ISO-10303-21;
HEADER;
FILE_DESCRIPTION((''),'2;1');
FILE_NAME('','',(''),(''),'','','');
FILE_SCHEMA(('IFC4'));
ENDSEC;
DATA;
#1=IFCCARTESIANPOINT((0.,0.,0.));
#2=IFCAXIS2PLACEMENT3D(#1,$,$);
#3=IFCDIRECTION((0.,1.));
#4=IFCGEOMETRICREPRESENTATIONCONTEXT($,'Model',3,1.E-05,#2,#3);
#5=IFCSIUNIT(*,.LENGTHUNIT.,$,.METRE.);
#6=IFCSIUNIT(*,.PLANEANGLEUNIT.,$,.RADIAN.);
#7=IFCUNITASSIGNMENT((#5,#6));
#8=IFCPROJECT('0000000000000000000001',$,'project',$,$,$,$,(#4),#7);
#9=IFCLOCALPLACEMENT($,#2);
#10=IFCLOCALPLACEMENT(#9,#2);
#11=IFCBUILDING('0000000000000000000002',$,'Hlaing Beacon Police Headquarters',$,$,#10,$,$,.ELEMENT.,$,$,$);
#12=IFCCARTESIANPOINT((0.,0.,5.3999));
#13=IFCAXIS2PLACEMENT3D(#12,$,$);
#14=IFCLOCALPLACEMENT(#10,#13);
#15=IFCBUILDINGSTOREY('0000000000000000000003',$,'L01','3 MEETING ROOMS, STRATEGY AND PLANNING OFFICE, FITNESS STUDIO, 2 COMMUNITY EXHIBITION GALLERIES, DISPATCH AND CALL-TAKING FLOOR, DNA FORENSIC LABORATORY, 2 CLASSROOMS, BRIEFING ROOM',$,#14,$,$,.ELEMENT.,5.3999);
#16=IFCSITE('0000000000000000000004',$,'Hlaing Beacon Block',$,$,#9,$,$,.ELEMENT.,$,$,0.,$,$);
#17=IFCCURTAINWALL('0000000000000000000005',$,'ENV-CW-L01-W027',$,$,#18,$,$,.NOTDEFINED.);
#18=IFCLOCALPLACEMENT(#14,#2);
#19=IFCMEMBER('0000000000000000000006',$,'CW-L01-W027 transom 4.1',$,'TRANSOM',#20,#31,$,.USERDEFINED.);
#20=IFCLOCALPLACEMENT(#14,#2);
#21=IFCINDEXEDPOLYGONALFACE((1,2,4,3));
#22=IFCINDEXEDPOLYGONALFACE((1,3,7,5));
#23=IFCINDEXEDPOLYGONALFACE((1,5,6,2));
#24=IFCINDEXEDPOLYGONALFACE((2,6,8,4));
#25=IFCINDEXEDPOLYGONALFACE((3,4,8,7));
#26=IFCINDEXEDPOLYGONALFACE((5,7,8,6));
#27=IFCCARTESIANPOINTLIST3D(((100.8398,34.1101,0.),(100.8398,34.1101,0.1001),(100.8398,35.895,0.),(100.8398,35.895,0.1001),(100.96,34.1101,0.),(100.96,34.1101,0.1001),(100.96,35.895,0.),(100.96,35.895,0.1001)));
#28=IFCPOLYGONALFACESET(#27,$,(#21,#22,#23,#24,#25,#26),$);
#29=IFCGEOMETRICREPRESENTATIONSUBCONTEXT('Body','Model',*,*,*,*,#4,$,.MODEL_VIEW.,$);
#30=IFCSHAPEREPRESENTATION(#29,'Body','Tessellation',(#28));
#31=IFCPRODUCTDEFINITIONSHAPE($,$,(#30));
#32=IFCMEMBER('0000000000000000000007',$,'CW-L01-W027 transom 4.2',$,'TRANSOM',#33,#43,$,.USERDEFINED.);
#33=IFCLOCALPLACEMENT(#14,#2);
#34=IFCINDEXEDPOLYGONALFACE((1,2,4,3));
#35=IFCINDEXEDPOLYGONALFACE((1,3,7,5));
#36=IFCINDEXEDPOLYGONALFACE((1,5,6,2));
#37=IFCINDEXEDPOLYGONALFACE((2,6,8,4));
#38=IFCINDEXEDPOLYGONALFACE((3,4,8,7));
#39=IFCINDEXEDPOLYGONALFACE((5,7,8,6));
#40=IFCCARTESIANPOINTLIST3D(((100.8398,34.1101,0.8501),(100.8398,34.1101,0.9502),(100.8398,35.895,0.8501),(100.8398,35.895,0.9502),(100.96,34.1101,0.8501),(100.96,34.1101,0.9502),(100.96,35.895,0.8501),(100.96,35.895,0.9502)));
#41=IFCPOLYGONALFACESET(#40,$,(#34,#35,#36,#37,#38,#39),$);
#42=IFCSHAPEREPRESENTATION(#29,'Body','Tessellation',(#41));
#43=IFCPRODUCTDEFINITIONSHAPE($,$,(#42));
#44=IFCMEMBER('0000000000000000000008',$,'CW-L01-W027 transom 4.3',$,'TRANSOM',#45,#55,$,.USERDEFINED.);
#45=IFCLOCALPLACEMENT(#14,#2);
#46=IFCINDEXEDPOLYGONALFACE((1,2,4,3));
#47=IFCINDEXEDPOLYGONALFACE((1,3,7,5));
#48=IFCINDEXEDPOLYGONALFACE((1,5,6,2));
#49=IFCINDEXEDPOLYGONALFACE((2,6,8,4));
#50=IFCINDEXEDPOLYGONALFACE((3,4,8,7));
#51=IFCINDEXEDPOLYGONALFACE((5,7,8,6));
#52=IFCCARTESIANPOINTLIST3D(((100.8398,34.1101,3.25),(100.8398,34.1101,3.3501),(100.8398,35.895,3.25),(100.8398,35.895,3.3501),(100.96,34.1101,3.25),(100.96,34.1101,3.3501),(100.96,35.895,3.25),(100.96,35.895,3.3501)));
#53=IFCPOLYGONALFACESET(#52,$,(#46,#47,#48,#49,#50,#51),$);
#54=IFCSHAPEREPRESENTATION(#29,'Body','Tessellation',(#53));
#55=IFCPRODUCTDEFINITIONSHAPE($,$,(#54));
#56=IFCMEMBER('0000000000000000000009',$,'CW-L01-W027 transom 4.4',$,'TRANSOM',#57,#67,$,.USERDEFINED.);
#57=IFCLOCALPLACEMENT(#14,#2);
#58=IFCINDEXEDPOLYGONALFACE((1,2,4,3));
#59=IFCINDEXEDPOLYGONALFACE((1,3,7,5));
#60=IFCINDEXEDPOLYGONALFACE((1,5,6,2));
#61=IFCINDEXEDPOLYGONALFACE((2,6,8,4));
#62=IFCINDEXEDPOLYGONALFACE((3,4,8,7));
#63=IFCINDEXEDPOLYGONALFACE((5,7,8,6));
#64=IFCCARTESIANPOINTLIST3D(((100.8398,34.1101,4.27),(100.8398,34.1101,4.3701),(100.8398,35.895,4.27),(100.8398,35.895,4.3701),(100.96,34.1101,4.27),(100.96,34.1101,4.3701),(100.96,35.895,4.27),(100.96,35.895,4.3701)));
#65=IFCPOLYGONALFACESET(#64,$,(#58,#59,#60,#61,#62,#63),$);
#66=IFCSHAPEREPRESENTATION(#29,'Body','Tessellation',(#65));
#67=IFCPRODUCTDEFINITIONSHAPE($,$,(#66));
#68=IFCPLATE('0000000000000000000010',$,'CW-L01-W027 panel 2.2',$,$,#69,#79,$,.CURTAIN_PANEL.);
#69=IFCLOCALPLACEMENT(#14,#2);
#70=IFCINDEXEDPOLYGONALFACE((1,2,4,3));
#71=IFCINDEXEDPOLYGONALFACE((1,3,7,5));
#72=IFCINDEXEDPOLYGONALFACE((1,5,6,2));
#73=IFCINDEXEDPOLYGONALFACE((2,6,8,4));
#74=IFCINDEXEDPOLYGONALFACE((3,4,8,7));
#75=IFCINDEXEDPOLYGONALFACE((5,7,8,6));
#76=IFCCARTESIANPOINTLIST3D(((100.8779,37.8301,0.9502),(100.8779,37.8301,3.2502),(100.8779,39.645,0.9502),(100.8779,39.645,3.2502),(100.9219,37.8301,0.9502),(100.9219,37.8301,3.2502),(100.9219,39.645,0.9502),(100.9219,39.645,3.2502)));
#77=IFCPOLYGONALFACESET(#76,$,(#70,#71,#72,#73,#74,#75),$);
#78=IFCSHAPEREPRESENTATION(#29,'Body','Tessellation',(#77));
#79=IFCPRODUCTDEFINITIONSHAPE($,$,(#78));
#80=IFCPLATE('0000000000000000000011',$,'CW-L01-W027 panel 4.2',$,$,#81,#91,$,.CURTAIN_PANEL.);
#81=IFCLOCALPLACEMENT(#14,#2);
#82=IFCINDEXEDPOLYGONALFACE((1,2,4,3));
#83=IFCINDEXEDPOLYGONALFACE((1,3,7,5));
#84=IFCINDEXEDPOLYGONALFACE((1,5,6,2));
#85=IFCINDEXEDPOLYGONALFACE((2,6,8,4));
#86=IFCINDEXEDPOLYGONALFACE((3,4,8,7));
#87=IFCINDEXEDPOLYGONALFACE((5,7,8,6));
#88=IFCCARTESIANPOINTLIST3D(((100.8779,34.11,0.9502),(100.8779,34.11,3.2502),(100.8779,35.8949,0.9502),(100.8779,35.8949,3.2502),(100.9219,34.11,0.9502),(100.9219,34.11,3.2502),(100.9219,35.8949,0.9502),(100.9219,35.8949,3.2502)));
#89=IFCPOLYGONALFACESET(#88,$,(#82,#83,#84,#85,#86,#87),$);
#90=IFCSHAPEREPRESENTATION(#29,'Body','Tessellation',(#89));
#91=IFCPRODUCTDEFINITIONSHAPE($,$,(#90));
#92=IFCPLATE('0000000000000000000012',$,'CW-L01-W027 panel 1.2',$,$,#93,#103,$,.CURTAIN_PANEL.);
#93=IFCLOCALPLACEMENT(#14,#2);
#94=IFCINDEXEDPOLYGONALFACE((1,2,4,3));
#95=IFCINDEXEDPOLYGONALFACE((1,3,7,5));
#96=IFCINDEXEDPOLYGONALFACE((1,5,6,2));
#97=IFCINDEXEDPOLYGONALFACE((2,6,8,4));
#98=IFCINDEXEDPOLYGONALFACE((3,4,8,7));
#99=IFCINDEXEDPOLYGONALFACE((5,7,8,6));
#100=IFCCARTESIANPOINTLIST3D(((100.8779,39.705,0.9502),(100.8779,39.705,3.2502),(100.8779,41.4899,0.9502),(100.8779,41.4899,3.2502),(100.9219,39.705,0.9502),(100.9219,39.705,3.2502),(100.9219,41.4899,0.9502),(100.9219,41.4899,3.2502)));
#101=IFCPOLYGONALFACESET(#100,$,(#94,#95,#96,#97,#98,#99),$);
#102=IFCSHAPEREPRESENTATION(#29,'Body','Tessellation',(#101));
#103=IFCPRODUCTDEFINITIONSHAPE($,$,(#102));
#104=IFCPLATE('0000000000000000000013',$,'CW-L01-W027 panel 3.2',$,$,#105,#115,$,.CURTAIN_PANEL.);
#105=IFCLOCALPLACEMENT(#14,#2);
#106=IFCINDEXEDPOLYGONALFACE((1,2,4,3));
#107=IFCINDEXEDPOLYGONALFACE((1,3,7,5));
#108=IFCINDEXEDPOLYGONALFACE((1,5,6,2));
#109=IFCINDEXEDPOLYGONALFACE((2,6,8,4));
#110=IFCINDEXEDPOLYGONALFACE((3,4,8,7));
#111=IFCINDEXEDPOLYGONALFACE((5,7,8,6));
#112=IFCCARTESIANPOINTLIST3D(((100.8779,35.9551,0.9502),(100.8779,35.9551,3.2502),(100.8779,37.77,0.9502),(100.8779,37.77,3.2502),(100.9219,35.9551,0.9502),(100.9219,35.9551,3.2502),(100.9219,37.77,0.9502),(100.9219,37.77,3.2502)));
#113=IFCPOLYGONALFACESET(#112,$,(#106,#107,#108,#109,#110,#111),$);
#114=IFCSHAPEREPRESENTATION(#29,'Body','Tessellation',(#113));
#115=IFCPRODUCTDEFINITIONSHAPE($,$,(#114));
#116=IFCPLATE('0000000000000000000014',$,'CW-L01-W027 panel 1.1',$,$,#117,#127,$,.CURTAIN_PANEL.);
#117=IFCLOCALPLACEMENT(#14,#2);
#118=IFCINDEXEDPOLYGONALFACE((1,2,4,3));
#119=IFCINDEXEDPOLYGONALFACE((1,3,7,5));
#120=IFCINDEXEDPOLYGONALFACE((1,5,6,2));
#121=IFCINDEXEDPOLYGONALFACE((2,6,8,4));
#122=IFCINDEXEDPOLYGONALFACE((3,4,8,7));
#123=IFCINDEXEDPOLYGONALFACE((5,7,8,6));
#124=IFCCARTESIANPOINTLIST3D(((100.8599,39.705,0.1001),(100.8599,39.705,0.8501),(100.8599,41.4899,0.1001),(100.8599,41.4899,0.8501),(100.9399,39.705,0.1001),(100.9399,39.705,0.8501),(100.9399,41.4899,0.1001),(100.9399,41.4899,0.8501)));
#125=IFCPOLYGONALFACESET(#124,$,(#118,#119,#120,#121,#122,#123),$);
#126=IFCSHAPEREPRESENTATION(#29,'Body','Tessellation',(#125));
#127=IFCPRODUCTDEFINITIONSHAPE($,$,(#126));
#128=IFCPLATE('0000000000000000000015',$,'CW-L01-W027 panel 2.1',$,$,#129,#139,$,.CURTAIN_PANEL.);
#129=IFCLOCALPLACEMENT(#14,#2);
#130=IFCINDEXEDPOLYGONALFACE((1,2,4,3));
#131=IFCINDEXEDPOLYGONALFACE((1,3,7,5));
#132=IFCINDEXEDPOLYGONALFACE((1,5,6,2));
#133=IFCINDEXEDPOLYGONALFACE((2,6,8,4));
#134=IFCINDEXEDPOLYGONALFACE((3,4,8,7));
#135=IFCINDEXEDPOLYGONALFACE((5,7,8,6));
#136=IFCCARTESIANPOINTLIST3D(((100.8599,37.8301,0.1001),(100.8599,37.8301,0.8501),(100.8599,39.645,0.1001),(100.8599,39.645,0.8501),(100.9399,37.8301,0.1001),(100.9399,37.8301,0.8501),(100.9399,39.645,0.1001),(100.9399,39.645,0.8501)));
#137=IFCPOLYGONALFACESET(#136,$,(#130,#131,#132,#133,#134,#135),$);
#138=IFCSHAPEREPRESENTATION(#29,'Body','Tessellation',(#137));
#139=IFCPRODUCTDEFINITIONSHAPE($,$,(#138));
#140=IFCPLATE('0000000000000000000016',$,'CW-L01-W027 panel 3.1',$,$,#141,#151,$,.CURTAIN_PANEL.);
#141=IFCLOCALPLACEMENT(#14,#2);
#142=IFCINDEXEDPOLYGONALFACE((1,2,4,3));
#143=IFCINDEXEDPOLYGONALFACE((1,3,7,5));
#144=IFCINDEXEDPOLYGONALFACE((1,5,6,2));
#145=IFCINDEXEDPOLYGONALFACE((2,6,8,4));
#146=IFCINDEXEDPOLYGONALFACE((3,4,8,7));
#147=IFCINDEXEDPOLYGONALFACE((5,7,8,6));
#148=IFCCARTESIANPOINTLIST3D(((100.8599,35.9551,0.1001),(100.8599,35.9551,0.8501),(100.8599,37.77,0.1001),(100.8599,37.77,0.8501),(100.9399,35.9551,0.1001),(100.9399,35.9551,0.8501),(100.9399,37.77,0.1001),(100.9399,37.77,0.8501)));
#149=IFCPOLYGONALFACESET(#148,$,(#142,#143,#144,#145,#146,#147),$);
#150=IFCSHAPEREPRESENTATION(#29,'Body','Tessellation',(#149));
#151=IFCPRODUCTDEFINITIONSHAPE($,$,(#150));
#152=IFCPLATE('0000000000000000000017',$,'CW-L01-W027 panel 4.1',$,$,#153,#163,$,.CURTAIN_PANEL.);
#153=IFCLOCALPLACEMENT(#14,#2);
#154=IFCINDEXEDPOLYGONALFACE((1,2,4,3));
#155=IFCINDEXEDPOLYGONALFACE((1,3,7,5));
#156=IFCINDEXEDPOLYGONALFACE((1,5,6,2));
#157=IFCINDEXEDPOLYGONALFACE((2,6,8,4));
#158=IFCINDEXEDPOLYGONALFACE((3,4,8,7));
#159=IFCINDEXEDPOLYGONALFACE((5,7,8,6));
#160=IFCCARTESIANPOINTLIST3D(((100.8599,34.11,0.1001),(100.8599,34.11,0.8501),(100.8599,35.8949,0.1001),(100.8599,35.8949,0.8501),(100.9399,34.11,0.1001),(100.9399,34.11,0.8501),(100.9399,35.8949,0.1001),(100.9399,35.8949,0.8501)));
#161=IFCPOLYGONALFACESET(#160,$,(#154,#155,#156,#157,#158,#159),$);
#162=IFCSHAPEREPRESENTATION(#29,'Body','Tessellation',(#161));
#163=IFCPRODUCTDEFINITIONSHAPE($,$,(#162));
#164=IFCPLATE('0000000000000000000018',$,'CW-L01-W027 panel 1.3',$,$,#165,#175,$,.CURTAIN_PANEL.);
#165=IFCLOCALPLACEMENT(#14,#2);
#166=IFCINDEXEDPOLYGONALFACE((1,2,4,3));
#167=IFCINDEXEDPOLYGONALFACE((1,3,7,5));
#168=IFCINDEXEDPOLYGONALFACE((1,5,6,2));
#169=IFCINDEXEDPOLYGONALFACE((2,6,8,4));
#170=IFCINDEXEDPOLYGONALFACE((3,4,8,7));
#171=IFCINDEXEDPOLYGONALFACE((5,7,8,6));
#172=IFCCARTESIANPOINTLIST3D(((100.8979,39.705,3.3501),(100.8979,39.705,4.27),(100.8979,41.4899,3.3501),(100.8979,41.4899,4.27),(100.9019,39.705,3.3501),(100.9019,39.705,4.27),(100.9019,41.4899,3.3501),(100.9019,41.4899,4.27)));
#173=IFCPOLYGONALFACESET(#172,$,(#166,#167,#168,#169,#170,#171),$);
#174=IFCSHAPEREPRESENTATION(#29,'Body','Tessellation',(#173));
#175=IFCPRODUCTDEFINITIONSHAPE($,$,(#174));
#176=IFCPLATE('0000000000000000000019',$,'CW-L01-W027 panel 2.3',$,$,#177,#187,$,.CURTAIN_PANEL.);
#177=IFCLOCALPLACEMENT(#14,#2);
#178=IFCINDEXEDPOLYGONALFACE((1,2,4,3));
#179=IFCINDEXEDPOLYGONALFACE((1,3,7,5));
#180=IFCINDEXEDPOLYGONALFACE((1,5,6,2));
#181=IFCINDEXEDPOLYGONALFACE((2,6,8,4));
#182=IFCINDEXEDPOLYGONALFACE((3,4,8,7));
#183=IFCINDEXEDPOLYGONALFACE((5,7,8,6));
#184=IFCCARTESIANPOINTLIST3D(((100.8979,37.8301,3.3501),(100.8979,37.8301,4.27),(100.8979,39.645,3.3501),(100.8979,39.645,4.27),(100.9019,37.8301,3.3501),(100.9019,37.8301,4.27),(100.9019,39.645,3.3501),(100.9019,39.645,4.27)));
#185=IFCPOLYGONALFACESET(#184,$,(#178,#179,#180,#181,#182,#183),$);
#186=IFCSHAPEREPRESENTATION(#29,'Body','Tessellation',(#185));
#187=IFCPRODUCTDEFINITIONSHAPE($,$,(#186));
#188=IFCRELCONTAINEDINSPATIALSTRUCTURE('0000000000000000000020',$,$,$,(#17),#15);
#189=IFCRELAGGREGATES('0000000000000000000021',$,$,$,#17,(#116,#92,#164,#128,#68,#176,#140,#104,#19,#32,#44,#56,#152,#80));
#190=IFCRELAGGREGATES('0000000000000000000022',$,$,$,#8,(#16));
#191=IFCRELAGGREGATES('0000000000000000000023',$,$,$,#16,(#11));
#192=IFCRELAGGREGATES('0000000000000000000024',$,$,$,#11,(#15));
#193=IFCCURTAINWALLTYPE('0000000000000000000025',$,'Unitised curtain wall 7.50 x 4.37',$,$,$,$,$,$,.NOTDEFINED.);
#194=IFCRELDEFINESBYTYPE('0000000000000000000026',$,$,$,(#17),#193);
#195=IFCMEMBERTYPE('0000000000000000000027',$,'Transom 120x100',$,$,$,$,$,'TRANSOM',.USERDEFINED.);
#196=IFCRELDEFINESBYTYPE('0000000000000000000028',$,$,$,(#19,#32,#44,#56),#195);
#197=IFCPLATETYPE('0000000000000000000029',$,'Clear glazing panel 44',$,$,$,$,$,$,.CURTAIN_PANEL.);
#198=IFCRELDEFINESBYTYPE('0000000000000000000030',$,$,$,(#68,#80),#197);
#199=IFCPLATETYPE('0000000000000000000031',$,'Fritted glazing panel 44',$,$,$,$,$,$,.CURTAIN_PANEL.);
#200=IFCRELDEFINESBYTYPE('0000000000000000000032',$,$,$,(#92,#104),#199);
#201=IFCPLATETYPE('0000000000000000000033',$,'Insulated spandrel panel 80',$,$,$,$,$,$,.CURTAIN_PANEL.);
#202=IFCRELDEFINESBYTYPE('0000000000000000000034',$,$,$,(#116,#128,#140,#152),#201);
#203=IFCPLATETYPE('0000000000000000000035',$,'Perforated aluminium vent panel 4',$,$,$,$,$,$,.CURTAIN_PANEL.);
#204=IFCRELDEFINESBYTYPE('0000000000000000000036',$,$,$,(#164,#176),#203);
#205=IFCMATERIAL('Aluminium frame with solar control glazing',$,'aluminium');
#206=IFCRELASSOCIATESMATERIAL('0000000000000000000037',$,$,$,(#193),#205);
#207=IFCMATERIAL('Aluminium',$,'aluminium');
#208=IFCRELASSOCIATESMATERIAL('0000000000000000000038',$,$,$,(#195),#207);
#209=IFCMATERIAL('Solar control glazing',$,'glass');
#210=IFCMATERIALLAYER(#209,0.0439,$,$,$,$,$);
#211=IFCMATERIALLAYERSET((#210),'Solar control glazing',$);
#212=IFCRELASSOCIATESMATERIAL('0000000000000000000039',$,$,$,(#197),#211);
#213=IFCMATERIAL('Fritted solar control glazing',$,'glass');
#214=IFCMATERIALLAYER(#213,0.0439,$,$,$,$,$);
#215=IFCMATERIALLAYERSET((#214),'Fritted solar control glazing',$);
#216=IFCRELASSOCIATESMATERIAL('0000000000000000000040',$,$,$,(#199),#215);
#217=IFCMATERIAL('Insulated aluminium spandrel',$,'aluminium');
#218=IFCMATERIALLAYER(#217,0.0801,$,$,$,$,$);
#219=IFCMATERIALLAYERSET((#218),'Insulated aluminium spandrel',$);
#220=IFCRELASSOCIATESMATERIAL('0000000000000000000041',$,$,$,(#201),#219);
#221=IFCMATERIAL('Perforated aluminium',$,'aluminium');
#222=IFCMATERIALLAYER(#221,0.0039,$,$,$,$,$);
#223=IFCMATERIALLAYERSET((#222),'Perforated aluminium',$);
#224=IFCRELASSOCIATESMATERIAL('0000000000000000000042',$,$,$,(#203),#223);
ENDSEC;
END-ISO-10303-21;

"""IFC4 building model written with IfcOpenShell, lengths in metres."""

from ifc_helpers import new_model, si_unit, direction, frame, origin, origin_2d, place, context, subcontext, project, spatial, rectangle, extrude, material, layer, layer_set, material_profile, profile_set, type_object, element, aggregate, save


model = new_model("IFC4")

# Units and contexts
model_context = context("Model", 3, precision=1e-05, world=origin(), true_north=direction((0.0, 1.0)))
body_context = subcontext(model_context, "Body", "Model", "MODEL_VIEW")
ifc_project = project(units=[si_unit("LENGTHUNIT", "METRE"), si_unit("PLANEANGLEUNIT", "RADIAN")], contexts=[model_context])

# Site, building, storey
site_placement = place(None, origin())
site = spatial("IfcSite", under=ifc_project, at=site_placement, Name="Hlaing Beacon Block", CompositionType="ELEMENT", RefElevation=0.0)
building_placement = place(site_placement, origin())
building = spatial("IfcBuilding", under=site, at=building_placement, Name="Hlaing Beacon Police Headquarters", CompositionType="ELEMENT")
storey_placement = place(building_placement, frame((0.0, 0.0, 5.3999)))
storey = spatial("IfcBuildingStorey", under=building, at=storey_placement, Name="L01", Description="3 MEETING ROOMS, STRATEGY AND PLANNING OFFICE, FITNESS STUDIO, 2 COMMUNITY EXHIBITION GALLERIES, DISPATCH AND CALL-TAKING FLOOR, DNA FORENSIC LABORATORY, 2 CLASSROOMS, BRIEFING ROOM", CompositionType="ELEMENT", Elevation=5.3999)

# Curtain wall, members, plates
ifc_material_1 = material(Name="Aluminium frame with solar control glazing", Category="aluminium")
curtain_wall_type = type_object("IfcCurtainWallType", Name="Unitised curtain wall 7.50 x 4.37", PredefinedType="NOTDEFINED", material=ifc_material_1)
curtain_wall_placement = place(storey_placement, origin())
curtain_wall = element("IfcCurtainWall", 1, at=curtain_wall_placement, inside=storey, type_object=curtain_wall_type, Name="ENV-CW-L01-W027", PredefinedType="NOTDEFINED")
ifc_material_2 = material(Name="Aluminium", Category="aluminium")
ifc_material_profile_1 = material_profile(ifc_material_2, rectangle(XDim=0.1201, YDim=0.1001, at=origin_2d()), Name="Transom 120x100")
ifc_profile_set_1 = profile_set([ifc_material_profile_1], Name="Aluminium")
member_type_1 = type_object("IfcMemberType", Name="Transom 120x100", ElementType="TRANSOM", PredefinedType="USERDEFINED", material=ifc_profile_set_1)
member_1_placement = place(storey_placement, frame((100.8999, 35.895, 0.05), z_axis=(0.0, -1.0, 0.0), x_axis=(1.0, 0.0, 0.0)))
member_1 = element("IfcMember", 2, at=member_1_placement, type_object=member_type_1, Name="CW-L01-W027 transom 4.1", ObjectType="TRANSOM", PredefinedType="USERDEFINED", context=body_context, shape_type="SweptSolid", body=[
    extrude(rectangle(XDim=0.1201, YDim=0.1001, at=origin_2d()), origin(), (0.0, 0.0, 1.0), 1.7849),
])
member_2_placement = place(storey_placement, frame((100.8999, 35.895, 0.9001), z_axis=(0.0, -1.0, 0.0), x_axis=(1.0, 0.0, 0.0)))
member_2 = element("IfcMember", 3, at=member_2_placement, type_object=member_type_1, Name="CW-L01-W027 transom 4.2", ObjectType="TRANSOM", PredefinedType="USERDEFINED", context=body_context, shape_type="SweptSolid", body=[
    extrude(rectangle(XDim=0.1201, YDim=0.1001, at=origin_2d()), origin(), (0.0, 0.0, 1.0), 1.7849),
])
member_3_placement = place(storey_placement, frame((100.8999, 35.895, 3.3), z_axis=(0.0, -1.0, 0.0), x_axis=(1.0, 0.0, 0.0)))
member_3 = element("IfcMember", 4, at=member_3_placement, type_object=member_type_1, Name="CW-L01-W027 transom 4.3", ObjectType="TRANSOM", PredefinedType="USERDEFINED", context=body_context, shape_type="SweptSolid", body=[
    extrude(rectangle(XDim=0.1201, YDim=0.1001, at=origin_2d()), origin(), (0.0, 0.0, 1.0), 1.7849),
])
member_4_placement = place(storey_placement, frame((100.8999, 35.895, 4.3201), z_axis=(0.0, -1.0, 0.0), x_axis=(1.0, 0.0, 0.0)))
member_4 = element("IfcMember", 5, at=member_4_placement, type_object=member_type_1, Name="CW-L01-W027 transom 4.4", ObjectType="TRANSOM", PredefinedType="USERDEFINED", context=body_context, shape_type="SweptSolid", body=[
    extrude(rectangle(XDim=0.1201, YDim=0.1001, at=origin_2d()), origin(), (0.0, 0.0, 1.0), 1.7849),
])
ifc_material_3 = material(Name="Solar control glazing", Category="glass")
ifc_layer_1 = layer(ifc_material_3, 0.0439)
ifc_layer_set_1 = layer_set([ifc_layer_1], Name="Solar control glazing")
plate_type_1 = type_object("IfcPlateType", Name="Clear glazing panel 44", PredefinedType="CURTAIN_PANEL", material=ifc_layer_set_1)
plate_1_placement = place(storey_placement, frame((100.8999, 38.7375, 0.9502), z_axis=(0.0, 0.0, 1.0), x_axis=(0.0, -1.0, 0.0)))
plate_1 = element("IfcPlate", 6, at=plate_1_placement, type_object=plate_type_1, Name="CW-L01-W027 panel 2.2", PredefinedType="CURTAIN_PANEL", context=body_context, shape_type="SweptSolid", body=[
    extrude(rectangle(XDim=1.8149, YDim=0.0439, at=origin_2d()), origin(), (0.0, 0.0, 1.0), 2.3),
])
plate_2_placement = place(storey_placement, frame((100.8999, 35.0024, 0.9502), z_axis=(0.0, 0.0, 1.0), x_axis=(0.0, -1.0, 0.0)))
plate_2 = element("IfcPlate", 7, at=plate_2_placement, type_object=plate_type_1, Name="CW-L01-W027 panel 4.2", PredefinedType="CURTAIN_PANEL", context=body_context, shape_type="SweptSolid", body=[
    extrude(rectangle(XDim=1.7849, YDim=0.0439, at=origin_2d()), origin(), (0.0, 0.0, 1.0), 2.3),
])
ifc_material_4 = material(Name="Fritted solar control glazing", Category="glass")
ifc_layer_2 = layer(ifc_material_4, 0.0439)
ifc_layer_set_2 = layer_set([ifc_layer_2], Name="Fritted solar control glazing")
plate_type_2 = type_object("IfcPlateType", Name="Fritted glazing panel 44", PredefinedType="CURTAIN_PANEL", material=ifc_layer_set_2)
plate_3_placement = place(storey_placement, frame((100.8999, 40.5974, 0.9502), z_axis=(0.0, 0.0, 1.0), x_axis=(0.0, -1.0, 0.0)))
plate_3 = element("IfcPlate", 8, at=plate_3_placement, type_object=plate_type_2, Name="CW-L01-W027 panel 1.2", PredefinedType="CURTAIN_PANEL", context=body_context, shape_type="SweptSolid", body=[
    extrude(rectangle(XDim=1.7849, YDim=0.0439, at=origin_2d()), origin(), (0.0, 0.0, 1.0), 2.3),
])
plate_4_placement = place(storey_placement, frame((100.8999, 36.8625, 0.9502), z_axis=(0.0, 0.0, 1.0), x_axis=(0.0, -1.0, 0.0)))
plate_4 = element("IfcPlate", 9, at=plate_4_placement, type_object=plate_type_2, Name="CW-L01-W027 panel 3.2", PredefinedType="CURTAIN_PANEL", context=body_context, shape_type="SweptSolid", body=[
    extrude(rectangle(XDim=1.8149, YDim=0.0439, at=origin_2d()), origin(), (0.0, 0.0, 1.0), 2.3),
])
ifc_material_5 = material(Name="Insulated aluminium spandrel", Category="aluminium")
ifc_layer_3 = layer(ifc_material_5, 0.0801)
ifc_layer_set_3 = layer_set([ifc_layer_3], Name="Insulated aluminium spandrel")
plate_type_3 = type_object("IfcPlateType", Name="Insulated spandrel panel 80", PredefinedType="CURTAIN_PANEL", material=ifc_layer_set_3)
plate_5_placement = place(storey_placement, frame((100.8999, 40.5974, 0.1001), z_axis=(0.0, 0.0, 1.0), x_axis=(0.0, -1.0, 0.0)))
plate_5 = element("IfcPlate", 10, at=plate_5_placement, type_object=plate_type_3, Name="CW-L01-W027 panel 1.1", PredefinedType="CURTAIN_PANEL", context=body_context, shape_type="SweptSolid", body=[
    extrude(rectangle(XDim=1.7849, YDim=0.0801, at=origin_2d()), origin(), (0.0, 0.0, 1.0), 0.75),
])
plate_6_placement = place(storey_placement, frame((100.8999, 38.7375, 0.1001), z_axis=(0.0, 0.0, 1.0), x_axis=(0.0, -1.0, 0.0)))
plate_6 = element("IfcPlate", 11, at=plate_6_placement, type_object=plate_type_3, Name="CW-L01-W027 panel 2.1", PredefinedType="CURTAIN_PANEL", context=body_context, shape_type="SweptSolid", body=[
    extrude(rectangle(XDim=1.8149, YDim=0.0801, at=origin_2d()), origin(), (0.0, 0.0, 1.0), 0.75),
])
plate_7_placement = place(storey_placement, frame((100.8999, 36.8625, 0.1001), z_axis=(0.0, 0.0, 1.0), x_axis=(0.0, -1.0, 0.0)))
plate_7 = element("IfcPlate", 12, at=plate_7_placement, type_object=plate_type_3, Name="CW-L01-W027 panel 3.1", PredefinedType="CURTAIN_PANEL", context=body_context, shape_type="SweptSolid", body=[
    extrude(rectangle(XDim=1.8149, YDim=0.0801, at=origin_2d()), origin(), (0.0, 0.0, 1.0), 0.75),
])
plate_8_placement = place(storey_placement, frame((100.8999, 35.0024, 0.1001), z_axis=(0.0, 0.0, 1.0), x_axis=(0.0, -1.0, 0.0)))
plate_8 = element("IfcPlate", 13, at=plate_8_placement, type_object=plate_type_3, Name="CW-L01-W027 panel 4.1", PredefinedType="CURTAIN_PANEL", context=body_context, shape_type="SweptSolid", body=[
    extrude(rectangle(XDim=1.7849, YDim=0.0801, at=origin_2d()), origin(), (0.0, 0.0, 1.0), 0.75),
])
ifc_material_6 = material(Name="Perforated aluminium", Category="aluminium")
ifc_layer_4 = layer(ifc_material_6, 0.0039)
ifc_layer_set_4 = layer_set([ifc_layer_4], Name="Perforated aluminium")
plate_type_4 = type_object("IfcPlateType", Name="Perforated aluminium vent panel 4", PredefinedType="CURTAIN_PANEL", material=ifc_layer_set_4)
plate_9_placement = place(storey_placement, frame((100.8999, 40.5974, 3.3501), z_axis=(0.0, 0.0, 1.0), x_axis=(0.0, -1.0, 0.0)))
plate_9 = element("IfcPlate", 14, at=plate_9_placement, type_object=plate_type_4, Name="CW-L01-W027 panel 1.3", PredefinedType="CURTAIN_PANEL", context=body_context, shape_type="SweptSolid", body=[
    extrude(rectangle(XDim=1.7849, YDim=0.0039, at=origin_2d()), origin(), (0.0, 0.0, 1.0), 0.9199),
])
plate_10_placement = place(storey_placement, frame((100.8999, 38.7375, 3.3501), z_axis=(0.0, 0.0, 1.0), x_axis=(0.0, -1.0, 0.0)))
plate_10 = element("IfcPlate", 15, at=plate_10_placement, type_object=plate_type_4, Name="CW-L01-W027 panel 2.3", PredefinedType="CURTAIN_PANEL", context=body_context, shape_type="SweptSolid", body=[
    extrude(rectangle(XDim=1.8149, YDim=0.0039, at=origin_2d()), origin(), (0.0, 0.0, 1.0), 0.9199),
])
aggregate(curtain_wall, [plate_5, plate_3, plate_9, plate_6, plate_1, plate_10, plate_7, plate_4, member_1, member_2, member_3, member_4, plate_8, plate_2])

save(model, "model.ifc")
